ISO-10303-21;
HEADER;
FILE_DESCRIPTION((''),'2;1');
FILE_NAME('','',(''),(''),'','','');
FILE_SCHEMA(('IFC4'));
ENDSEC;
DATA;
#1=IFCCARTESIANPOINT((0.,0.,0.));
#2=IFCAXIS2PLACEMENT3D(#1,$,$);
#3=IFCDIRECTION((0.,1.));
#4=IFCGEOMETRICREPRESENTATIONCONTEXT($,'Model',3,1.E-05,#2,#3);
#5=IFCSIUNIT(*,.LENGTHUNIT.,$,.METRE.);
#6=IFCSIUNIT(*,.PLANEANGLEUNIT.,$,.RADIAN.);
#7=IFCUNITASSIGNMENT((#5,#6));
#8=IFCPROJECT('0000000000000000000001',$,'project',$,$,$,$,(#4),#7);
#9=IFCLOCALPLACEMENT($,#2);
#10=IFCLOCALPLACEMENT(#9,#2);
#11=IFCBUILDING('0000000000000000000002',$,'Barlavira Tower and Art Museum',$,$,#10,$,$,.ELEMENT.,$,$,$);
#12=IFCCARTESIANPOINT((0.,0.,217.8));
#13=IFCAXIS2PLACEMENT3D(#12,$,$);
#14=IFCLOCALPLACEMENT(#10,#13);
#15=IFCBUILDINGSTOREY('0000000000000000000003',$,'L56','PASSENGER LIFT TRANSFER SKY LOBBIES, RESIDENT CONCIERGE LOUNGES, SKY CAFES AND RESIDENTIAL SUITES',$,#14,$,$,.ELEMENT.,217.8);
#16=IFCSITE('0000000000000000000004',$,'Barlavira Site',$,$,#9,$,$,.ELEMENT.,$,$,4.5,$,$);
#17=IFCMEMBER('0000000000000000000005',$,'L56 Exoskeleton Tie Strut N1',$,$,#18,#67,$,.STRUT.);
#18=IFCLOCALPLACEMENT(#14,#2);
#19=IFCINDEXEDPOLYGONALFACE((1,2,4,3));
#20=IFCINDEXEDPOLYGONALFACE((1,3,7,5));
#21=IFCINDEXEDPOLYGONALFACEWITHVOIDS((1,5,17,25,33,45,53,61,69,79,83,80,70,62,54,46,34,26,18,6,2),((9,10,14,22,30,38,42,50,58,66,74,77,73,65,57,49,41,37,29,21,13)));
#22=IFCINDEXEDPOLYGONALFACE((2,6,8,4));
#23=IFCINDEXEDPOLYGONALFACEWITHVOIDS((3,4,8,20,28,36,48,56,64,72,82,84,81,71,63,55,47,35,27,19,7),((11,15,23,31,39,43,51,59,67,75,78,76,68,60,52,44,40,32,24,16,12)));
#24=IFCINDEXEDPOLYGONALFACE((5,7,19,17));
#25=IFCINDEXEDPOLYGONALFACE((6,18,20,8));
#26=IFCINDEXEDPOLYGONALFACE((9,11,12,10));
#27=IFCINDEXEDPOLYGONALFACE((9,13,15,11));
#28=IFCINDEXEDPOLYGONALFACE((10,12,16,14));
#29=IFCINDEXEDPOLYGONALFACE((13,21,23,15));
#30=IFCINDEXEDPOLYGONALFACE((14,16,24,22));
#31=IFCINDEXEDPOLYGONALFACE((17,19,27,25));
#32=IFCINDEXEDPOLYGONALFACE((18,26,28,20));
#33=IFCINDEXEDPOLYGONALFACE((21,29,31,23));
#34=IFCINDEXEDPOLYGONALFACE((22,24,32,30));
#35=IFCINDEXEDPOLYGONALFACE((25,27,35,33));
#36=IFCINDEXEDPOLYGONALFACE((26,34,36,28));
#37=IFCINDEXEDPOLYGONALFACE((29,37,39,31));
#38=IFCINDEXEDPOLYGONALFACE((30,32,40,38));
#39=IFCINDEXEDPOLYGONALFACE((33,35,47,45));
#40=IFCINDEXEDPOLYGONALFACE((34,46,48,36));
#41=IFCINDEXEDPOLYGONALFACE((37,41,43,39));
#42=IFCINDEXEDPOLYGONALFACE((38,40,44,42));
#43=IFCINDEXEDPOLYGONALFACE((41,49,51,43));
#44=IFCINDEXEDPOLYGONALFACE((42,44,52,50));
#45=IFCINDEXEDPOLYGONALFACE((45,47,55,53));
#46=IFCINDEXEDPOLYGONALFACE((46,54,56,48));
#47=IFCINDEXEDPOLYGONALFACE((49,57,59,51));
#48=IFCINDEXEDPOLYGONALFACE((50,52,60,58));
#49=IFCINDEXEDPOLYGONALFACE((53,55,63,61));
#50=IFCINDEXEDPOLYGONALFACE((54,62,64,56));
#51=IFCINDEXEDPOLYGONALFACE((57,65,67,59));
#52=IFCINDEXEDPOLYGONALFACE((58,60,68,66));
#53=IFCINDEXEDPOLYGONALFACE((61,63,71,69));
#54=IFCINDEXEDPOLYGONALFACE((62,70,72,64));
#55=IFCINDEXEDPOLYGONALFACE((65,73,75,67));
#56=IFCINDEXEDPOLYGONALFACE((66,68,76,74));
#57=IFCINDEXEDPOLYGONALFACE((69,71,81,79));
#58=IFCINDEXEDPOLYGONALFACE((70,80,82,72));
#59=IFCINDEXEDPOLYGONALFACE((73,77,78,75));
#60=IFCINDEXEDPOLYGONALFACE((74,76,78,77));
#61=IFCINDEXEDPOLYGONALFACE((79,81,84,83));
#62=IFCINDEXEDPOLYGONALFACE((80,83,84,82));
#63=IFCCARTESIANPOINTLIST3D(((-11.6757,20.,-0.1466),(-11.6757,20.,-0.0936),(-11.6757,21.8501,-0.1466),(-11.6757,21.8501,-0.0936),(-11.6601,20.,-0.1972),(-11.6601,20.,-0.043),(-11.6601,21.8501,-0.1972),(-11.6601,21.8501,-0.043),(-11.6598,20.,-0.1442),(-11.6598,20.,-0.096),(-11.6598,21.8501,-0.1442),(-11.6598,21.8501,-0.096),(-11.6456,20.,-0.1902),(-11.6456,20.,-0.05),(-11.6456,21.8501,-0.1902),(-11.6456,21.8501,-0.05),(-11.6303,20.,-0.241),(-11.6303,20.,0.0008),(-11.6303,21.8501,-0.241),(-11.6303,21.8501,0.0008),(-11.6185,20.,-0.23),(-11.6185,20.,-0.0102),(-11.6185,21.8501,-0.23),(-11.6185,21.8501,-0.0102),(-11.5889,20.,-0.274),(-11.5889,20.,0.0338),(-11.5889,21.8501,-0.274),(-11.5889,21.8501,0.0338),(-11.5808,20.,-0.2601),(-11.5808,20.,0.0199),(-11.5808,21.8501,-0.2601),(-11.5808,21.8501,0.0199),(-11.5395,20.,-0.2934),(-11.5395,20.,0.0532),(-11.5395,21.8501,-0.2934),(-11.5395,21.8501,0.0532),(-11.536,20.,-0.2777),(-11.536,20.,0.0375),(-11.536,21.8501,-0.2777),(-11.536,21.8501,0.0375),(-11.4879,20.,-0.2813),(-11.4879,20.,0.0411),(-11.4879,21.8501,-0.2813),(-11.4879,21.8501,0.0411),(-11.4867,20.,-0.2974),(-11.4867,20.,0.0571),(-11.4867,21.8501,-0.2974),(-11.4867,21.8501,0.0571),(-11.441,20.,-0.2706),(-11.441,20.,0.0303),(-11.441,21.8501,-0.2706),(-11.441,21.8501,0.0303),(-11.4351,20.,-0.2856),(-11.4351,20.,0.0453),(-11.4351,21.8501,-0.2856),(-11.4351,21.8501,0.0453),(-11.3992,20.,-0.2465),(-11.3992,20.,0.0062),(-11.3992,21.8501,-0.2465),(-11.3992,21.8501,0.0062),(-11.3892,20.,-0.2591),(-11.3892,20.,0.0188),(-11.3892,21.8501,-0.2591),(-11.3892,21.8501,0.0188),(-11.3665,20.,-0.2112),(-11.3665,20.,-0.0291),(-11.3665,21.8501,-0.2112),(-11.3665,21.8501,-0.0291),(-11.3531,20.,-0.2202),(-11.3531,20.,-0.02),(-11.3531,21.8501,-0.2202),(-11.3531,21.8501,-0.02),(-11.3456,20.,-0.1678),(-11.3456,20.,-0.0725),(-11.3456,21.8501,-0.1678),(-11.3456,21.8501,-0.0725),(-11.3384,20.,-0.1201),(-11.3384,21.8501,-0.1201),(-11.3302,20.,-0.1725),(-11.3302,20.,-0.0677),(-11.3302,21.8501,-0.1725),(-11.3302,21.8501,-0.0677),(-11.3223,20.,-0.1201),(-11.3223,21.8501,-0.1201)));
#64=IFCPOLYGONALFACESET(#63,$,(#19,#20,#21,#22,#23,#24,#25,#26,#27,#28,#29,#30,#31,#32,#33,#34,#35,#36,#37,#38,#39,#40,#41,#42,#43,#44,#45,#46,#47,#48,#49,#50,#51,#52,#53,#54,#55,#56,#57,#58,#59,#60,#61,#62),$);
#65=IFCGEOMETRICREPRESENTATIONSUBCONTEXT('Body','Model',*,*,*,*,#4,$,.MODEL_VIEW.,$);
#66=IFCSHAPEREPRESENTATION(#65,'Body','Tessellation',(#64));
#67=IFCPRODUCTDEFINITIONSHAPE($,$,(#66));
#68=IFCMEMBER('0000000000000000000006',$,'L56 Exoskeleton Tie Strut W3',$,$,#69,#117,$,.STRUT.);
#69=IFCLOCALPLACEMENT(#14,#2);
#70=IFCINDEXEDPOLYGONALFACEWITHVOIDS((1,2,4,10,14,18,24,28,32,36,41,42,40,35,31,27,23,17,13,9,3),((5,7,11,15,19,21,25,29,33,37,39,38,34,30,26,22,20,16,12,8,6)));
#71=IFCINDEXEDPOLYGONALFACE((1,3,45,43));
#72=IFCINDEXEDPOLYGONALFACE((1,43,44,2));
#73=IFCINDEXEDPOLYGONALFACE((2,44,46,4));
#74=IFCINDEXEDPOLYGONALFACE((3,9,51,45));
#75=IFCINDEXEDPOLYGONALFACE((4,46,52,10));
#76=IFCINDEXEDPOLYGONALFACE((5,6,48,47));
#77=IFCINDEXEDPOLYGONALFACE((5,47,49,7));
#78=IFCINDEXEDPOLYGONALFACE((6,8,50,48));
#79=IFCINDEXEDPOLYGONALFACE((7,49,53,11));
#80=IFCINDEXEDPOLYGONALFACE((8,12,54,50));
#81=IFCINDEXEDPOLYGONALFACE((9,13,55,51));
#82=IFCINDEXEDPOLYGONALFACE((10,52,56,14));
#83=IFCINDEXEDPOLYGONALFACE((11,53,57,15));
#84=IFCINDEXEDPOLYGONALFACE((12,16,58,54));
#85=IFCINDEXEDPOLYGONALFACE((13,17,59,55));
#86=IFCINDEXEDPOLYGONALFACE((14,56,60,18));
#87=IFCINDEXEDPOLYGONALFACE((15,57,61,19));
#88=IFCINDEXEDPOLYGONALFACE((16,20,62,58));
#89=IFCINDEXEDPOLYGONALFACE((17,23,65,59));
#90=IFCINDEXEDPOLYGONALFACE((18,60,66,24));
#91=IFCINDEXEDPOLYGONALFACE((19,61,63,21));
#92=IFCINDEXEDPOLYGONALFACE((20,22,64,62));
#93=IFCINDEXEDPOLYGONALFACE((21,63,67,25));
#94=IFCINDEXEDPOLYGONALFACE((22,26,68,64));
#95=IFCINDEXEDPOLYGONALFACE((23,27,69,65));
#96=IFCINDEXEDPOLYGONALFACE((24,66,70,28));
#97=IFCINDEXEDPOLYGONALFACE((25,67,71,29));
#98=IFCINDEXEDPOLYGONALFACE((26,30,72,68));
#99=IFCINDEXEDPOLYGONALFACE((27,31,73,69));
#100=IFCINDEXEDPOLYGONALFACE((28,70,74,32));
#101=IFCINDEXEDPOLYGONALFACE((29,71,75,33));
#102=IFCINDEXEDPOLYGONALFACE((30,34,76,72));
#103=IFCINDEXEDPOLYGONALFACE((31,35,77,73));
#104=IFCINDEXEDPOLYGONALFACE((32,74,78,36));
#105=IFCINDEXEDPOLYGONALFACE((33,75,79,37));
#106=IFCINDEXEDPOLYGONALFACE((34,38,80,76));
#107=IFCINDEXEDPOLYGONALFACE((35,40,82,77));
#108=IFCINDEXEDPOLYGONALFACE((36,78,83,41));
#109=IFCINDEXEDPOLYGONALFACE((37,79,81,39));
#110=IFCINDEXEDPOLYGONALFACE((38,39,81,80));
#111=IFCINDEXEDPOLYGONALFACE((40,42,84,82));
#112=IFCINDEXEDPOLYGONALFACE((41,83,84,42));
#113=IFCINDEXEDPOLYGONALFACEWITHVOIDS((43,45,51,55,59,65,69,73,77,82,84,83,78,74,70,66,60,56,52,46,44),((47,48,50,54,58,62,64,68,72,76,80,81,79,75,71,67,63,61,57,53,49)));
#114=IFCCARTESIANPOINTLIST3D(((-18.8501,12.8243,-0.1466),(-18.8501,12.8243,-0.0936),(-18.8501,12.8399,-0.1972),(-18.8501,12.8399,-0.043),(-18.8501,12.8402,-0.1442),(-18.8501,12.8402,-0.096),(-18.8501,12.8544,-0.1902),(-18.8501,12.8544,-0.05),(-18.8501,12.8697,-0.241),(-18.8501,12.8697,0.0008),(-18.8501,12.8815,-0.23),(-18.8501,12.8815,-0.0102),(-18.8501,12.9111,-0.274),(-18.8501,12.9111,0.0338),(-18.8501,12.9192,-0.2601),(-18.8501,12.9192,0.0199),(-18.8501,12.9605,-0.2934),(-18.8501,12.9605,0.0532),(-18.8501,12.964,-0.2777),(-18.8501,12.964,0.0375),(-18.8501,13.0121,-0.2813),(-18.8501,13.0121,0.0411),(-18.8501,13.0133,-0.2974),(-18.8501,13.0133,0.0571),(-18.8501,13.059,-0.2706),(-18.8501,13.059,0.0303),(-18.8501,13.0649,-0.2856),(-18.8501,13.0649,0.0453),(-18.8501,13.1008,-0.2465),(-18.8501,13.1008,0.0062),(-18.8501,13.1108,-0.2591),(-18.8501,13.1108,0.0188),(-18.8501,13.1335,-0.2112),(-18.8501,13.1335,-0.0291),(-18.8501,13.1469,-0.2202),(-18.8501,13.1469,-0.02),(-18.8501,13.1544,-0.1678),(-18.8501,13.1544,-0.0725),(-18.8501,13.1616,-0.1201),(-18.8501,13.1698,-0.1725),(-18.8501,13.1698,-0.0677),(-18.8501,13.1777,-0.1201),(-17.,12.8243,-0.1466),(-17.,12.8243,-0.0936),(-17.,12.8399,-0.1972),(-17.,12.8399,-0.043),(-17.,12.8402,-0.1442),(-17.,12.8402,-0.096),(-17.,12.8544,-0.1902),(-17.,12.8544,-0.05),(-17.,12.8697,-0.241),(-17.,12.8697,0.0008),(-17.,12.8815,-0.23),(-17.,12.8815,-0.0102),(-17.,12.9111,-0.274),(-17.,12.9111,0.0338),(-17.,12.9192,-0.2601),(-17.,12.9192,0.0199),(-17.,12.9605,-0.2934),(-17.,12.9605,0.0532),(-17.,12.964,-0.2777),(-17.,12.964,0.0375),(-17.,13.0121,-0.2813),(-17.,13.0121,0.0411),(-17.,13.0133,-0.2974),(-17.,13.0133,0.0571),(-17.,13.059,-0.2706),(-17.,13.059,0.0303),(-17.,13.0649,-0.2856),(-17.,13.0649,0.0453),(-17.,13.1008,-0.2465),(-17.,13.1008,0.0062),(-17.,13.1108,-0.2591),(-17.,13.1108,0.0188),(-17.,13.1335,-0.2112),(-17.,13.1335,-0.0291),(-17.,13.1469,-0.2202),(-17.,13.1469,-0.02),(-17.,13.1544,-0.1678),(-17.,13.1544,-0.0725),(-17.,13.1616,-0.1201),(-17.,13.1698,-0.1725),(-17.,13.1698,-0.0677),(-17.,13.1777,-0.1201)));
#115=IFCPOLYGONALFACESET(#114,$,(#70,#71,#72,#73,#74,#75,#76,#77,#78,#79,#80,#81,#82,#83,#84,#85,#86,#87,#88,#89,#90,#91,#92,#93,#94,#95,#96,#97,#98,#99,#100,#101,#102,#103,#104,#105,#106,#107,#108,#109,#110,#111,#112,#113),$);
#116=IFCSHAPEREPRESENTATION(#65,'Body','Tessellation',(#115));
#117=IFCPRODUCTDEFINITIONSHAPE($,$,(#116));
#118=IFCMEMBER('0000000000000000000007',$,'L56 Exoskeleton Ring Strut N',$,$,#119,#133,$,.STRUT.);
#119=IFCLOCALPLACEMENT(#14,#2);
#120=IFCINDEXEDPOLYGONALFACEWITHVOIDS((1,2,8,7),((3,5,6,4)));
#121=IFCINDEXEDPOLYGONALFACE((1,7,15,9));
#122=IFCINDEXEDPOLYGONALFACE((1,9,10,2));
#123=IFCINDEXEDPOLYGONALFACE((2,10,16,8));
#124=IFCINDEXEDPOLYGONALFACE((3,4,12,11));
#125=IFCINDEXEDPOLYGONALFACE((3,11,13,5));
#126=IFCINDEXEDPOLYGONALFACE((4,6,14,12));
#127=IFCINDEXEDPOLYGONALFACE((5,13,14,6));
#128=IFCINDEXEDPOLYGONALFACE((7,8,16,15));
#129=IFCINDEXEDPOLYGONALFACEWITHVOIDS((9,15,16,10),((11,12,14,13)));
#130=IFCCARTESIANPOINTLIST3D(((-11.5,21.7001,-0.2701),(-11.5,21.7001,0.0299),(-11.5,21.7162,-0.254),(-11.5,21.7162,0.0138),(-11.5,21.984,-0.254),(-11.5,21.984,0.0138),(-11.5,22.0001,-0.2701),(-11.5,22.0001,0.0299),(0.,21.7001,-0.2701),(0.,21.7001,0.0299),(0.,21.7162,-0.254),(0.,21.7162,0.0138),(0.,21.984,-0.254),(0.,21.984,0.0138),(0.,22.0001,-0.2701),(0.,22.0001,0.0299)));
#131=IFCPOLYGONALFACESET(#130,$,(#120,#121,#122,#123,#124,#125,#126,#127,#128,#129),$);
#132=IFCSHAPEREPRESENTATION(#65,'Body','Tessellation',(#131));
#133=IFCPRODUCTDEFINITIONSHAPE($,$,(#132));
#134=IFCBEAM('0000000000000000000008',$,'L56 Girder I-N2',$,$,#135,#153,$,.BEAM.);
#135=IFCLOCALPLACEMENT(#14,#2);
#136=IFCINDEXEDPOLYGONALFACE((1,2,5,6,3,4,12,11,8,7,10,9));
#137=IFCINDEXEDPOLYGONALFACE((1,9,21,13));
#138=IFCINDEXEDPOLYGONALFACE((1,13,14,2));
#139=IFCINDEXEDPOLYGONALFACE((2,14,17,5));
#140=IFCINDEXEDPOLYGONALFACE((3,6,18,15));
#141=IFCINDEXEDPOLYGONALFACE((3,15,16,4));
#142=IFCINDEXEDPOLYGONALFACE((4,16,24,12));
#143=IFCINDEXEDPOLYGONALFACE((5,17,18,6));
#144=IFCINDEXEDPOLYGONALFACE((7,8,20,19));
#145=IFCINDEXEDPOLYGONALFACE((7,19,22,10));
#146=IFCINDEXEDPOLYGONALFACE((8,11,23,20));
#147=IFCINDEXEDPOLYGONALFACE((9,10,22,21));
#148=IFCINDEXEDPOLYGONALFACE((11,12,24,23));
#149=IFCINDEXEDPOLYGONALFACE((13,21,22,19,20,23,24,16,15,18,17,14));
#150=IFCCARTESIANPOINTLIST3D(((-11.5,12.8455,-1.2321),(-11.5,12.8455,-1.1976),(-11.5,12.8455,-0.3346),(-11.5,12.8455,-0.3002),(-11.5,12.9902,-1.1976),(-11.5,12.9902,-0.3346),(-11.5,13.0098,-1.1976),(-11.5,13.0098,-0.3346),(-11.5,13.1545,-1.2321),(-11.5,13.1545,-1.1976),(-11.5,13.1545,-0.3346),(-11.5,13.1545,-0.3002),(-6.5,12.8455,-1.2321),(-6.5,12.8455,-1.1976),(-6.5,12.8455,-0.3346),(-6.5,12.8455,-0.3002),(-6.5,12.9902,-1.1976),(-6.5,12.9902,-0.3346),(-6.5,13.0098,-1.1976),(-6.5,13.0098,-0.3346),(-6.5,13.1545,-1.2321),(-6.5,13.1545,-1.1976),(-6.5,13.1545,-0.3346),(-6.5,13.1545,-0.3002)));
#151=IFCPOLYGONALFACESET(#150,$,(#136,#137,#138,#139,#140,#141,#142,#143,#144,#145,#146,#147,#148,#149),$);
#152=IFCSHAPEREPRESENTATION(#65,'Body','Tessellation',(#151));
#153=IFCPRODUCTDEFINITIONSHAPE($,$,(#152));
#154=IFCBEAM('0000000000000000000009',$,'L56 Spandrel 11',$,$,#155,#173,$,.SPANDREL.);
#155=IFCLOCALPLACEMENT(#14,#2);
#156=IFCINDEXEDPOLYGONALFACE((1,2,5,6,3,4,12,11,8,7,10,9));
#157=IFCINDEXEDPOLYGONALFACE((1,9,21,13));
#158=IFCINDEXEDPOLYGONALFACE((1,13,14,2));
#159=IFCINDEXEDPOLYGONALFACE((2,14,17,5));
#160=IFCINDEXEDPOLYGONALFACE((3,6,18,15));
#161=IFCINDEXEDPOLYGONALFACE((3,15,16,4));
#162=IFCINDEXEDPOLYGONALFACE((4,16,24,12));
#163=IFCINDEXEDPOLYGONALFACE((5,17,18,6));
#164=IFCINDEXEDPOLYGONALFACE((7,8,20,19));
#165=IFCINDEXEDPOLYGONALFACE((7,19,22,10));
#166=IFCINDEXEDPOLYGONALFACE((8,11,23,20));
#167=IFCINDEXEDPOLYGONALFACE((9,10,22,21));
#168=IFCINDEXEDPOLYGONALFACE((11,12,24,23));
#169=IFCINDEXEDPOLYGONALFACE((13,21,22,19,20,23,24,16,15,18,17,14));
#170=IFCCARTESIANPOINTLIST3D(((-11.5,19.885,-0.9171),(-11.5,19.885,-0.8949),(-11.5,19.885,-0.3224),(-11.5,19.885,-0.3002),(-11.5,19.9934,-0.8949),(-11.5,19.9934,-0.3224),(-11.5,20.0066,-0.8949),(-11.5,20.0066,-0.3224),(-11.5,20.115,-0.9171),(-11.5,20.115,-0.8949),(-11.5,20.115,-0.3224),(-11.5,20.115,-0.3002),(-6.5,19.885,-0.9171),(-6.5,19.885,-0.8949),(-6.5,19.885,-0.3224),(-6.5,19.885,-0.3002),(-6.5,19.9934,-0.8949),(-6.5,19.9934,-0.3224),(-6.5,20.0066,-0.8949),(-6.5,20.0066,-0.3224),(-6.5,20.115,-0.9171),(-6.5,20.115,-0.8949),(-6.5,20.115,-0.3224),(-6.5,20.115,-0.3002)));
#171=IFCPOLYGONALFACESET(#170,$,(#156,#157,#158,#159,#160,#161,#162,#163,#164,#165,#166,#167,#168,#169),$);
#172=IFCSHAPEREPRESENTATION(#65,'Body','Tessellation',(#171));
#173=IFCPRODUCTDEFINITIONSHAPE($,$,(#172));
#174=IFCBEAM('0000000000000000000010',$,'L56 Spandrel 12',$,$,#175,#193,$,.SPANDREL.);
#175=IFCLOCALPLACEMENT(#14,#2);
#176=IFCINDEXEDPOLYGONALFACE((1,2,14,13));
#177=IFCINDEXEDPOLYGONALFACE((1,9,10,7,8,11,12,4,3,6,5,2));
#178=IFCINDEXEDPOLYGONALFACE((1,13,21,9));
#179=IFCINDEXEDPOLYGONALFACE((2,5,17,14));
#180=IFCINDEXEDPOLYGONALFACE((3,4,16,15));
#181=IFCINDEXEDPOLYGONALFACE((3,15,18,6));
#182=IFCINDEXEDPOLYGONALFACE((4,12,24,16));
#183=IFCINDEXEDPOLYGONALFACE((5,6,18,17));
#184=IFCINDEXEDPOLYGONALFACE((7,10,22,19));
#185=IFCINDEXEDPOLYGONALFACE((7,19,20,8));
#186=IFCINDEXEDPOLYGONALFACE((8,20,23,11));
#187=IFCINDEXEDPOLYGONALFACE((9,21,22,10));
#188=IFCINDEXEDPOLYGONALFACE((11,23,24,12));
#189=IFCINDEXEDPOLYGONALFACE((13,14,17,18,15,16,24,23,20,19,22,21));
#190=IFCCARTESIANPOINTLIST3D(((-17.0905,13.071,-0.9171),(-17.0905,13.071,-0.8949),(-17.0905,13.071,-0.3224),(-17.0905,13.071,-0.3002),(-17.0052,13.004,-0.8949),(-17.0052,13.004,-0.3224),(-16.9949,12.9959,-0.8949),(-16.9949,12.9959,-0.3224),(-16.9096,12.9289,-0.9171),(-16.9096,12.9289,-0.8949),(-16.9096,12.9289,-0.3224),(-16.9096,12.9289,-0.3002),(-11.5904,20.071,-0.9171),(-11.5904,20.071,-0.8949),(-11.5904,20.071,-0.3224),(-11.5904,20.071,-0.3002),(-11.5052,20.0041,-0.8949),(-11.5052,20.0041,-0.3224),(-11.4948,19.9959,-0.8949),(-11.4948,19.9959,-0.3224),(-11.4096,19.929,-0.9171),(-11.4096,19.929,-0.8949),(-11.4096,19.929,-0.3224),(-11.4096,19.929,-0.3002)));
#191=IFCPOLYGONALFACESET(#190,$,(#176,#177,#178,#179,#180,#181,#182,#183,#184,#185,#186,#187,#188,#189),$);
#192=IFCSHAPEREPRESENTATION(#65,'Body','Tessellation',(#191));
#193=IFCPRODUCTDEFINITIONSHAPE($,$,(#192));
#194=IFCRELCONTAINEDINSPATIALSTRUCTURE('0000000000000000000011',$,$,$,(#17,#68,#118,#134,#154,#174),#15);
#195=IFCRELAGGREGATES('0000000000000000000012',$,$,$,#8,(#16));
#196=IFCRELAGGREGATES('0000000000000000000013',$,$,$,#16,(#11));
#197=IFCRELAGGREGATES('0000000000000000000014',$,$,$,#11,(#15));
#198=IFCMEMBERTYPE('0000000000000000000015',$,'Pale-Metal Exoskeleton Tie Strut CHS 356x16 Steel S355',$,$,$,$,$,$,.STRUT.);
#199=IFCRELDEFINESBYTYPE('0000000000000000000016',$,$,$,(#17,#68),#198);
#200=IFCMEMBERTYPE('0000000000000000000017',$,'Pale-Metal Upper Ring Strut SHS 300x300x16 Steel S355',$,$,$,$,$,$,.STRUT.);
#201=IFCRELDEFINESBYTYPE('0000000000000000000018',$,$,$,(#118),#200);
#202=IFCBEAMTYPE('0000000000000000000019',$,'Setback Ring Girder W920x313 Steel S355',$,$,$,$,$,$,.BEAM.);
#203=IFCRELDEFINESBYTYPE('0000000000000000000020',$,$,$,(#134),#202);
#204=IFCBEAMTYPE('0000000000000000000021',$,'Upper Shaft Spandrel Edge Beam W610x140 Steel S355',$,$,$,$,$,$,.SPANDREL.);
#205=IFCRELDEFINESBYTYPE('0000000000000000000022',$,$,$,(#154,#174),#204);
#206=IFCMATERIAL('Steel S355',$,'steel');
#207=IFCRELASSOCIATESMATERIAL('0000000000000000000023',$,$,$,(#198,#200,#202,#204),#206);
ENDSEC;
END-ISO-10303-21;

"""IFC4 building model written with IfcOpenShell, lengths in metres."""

from ifc_helpers import new_model, si_unit, direction, frame, origin, origin_2d, place, context, subcontext, project, spatial, hollow_rectangle, hollow_circle, i_section, extrude, material, material_profile, profile_set, type_object, element, save


model = new_model("IFC4")

# Units and contexts
model_context = context("Model", 3, precision=1e-05, world=origin(), true_north=direction((0.0, 1.0)))
body_context = subcontext(model_context, "Body", "Model", "MODEL_VIEW")
ifc_project = project(units=[si_unit("LENGTHUNIT", "METRE"), si_unit("PLANEANGLEUNIT", "RADIAN")], contexts=[model_context])

# Site, building, storey
site_placement = place(None, origin())
site = spatial("IfcSite", under=ifc_project, at=site_placement, Name="Barlavira Site", CompositionType="ELEMENT", RefElevation=4.5)
building_placement = place(site_placement, origin())
building = spatial("IfcBuilding", under=site, at=building_placement, Name="Barlavira Tower and Art Museum", CompositionType="ELEMENT")
storey_placement = place(building_placement, frame((0.0, 0.0, 217.8)))
storey = spatial("IfcBuildingStorey", under=building, at=storey_placement, Name="L56", Description="PASSENGER LIFT TRANSFER SKY LOBBIES, RESIDENT CONCIERGE LOUNGES, SKY CAFES AND RESIDENTIAL SUITES", CompositionType="ELEMENT", Elevation=217.8)

# Members
ifc_material_1 = material(Name="Steel S355", Category="steel")
ifc_material_profile_1 = material_profile(ifc_material_1, hollow_circle(Radius=0.1777, WallThickness=0.0161, at=origin_2d()), Name="CHS 355.6x16.0")
ifc_profile_set_1 = profile_set([ifc_material_profile_1], Name="Steel S355")
member_type_1 = type_object("IfcMemberType", Name="Pale-Metal Exoskeleton Tie Strut CHS 356x16 Steel S355", PredefinedType="STRUT", material=ifc_profile_set_1)
for number, where, z_axis, x_axis, name in (
    (1, (-11.5, 21.8501, -0.1201), (0.0, -1.0, 0.0), (1.0, 0.0, 0.0), "L56 Exoskeleton Tie Strut N1"),
    (2, (-18.8501, 13.0, -0.1201), (1.0, 0.0, 0.0), (0.0, 1.0, 0.0), "L56 Exoskeleton Tie Strut W3"),
):
    element("IfcMember", number, at=place(storey_placement, frame(where, z_axis=z_axis, x_axis=x_axis)), inside=storey, type_object=member_type_1, Name=name, PredefinedType="STRUT", context=body_context, shape_type="SweptSolid", body=[
        extrude(hollow_circle(Radius=0.1777, WallThickness=0.0161, at=origin_2d()), origin(), (0.0, 0.0, 1.0), 1.8501),
    ])
ifc_material_profile_2 = material_profile(ifc_material_1, hollow_rectangle(XDim=0.3, YDim=0.3, WallThickness=0.0161, at=origin_2d()), Name="SHS 300x300x16.0")
ifc_profile_set_2 = profile_set([ifc_material_profile_2], Name="Steel S355")
member_type_2 = type_object("IfcMemberType", Name="Pale-Metal Upper Ring Strut SHS 300x300x16 Steel S355", PredefinedType="STRUT", material=ifc_profile_set_2)
member_1_placement = place(storey_placement, frame((-11.5, 21.8501, -0.1201), z_axis=(1.0, 0.0, 0.0), x_axis=(0.0, 1.0, 0.0)))
element("IfcMember", 3, at=member_1_placement, inside=storey, type_object=member_type_2, Name="L56 Exoskeleton Ring Strut N", PredefinedType="STRUT", context=body_context, shape_type="SweptSolid", body=[
    extrude(hollow_rectangle(XDim=0.3, YDim=0.3, WallThickness=0.0161, at=origin_2d()), origin(), (0.0, 0.0, 1.0), 11.5),
])

# Beams
ifc_material_profile_3 = material_profile(ifc_material_1, i_section(OverallWidth=0.3091, OverallDepth=0.9319, WebThickness=0.0195, FlangeThickness=0.0344, at=origin_2d()), Name="W920x313.0")
ifc_profile_set_3 = profile_set([ifc_material_profile_3], Name="Steel S355")
beam_type_1 = type_object("IfcBeamType", Name="Setback Ring Girder W920x313 Steel S355", PredefinedType="BEAM", material=ifc_profile_set_3)
beam_1_placement = place(storey_placement, frame((-11.5, 13.0, -0.7661), z_axis=(1.0, 0.0, 0.0), x_axis=(0.0, 1.0, 0.0)))
element("IfcBeam", 4, at=beam_1_placement, inside=storey, type_object=beam_type_1, Name="L56 Girder I-N2", PredefinedType="BEAM", context=body_context, shape_type="SweptSolid", body=[
    extrude(i_section(OverallWidth=0.3091, OverallDepth=0.9319, WebThickness=0.0195, FlangeThickness=0.0344, at=origin_2d()), origin(), (0.0, 0.0, 1.0), 5.0),
])
ifc_material_profile_4 = material_profile(ifc_material_1, i_section(OverallWidth=0.23, OverallDepth=0.6169, WebThickness=0.0132, FlangeThickness=0.0222, at=origin_2d()), Name="W610x140.0")
ifc_profile_set_4 = profile_set([ifc_material_profile_4], Name="Steel S355")
beam_type_2 = type_object("IfcBeamType", Name="Upper Shaft Spandrel Edge Beam W610x140 Steel S355", PredefinedType="SPANDREL", material=ifc_profile_set_4)
beam_2_placement = place(storey_placement, frame((-11.5, 20.0, -0.6086), z_axis=(1.0, 0.0, 0.0), x_axis=(0.0, 1.0, 0.0)))
element("IfcBeam", 5, at=beam_2_placement, inside=storey, type_object=beam_type_2, Name="L56 Spandrel 11", PredefinedType="SPANDREL", context=body_context, shape_type="SweptSolid", body=[
    extrude(i_section(OverallWidth=0.23, OverallDepth=0.6169, WebThickness=0.0132, FlangeThickness=0.0222, at=origin_2d()), origin(), (0.0, 0.0, 1.0), 5.0),
])
beam_3_placement = place(storey_placement, frame((-11.5, 20.0, -0.6086), z_axis=(-0.617822, -0.786318, 0.0), x_axis=(0.786318, -0.617822, 0.0)))
element("IfcBeam", 6, at=beam_3_placement, inside=storey, type_object=beam_type_2, Name="L56 Spandrel 12", PredefinedType="SPANDREL", context=body_context, shape_type="SweptSolid", body=[
    extrude(i_section(OverallWidth=0.23, OverallDepth=0.6169, WebThickness=0.0132, FlangeThickness=0.0222, at=origin_2d()), origin(), (0.0, 0.0, 1.0), 8.9023),
])

save(model, "model.ifc")
